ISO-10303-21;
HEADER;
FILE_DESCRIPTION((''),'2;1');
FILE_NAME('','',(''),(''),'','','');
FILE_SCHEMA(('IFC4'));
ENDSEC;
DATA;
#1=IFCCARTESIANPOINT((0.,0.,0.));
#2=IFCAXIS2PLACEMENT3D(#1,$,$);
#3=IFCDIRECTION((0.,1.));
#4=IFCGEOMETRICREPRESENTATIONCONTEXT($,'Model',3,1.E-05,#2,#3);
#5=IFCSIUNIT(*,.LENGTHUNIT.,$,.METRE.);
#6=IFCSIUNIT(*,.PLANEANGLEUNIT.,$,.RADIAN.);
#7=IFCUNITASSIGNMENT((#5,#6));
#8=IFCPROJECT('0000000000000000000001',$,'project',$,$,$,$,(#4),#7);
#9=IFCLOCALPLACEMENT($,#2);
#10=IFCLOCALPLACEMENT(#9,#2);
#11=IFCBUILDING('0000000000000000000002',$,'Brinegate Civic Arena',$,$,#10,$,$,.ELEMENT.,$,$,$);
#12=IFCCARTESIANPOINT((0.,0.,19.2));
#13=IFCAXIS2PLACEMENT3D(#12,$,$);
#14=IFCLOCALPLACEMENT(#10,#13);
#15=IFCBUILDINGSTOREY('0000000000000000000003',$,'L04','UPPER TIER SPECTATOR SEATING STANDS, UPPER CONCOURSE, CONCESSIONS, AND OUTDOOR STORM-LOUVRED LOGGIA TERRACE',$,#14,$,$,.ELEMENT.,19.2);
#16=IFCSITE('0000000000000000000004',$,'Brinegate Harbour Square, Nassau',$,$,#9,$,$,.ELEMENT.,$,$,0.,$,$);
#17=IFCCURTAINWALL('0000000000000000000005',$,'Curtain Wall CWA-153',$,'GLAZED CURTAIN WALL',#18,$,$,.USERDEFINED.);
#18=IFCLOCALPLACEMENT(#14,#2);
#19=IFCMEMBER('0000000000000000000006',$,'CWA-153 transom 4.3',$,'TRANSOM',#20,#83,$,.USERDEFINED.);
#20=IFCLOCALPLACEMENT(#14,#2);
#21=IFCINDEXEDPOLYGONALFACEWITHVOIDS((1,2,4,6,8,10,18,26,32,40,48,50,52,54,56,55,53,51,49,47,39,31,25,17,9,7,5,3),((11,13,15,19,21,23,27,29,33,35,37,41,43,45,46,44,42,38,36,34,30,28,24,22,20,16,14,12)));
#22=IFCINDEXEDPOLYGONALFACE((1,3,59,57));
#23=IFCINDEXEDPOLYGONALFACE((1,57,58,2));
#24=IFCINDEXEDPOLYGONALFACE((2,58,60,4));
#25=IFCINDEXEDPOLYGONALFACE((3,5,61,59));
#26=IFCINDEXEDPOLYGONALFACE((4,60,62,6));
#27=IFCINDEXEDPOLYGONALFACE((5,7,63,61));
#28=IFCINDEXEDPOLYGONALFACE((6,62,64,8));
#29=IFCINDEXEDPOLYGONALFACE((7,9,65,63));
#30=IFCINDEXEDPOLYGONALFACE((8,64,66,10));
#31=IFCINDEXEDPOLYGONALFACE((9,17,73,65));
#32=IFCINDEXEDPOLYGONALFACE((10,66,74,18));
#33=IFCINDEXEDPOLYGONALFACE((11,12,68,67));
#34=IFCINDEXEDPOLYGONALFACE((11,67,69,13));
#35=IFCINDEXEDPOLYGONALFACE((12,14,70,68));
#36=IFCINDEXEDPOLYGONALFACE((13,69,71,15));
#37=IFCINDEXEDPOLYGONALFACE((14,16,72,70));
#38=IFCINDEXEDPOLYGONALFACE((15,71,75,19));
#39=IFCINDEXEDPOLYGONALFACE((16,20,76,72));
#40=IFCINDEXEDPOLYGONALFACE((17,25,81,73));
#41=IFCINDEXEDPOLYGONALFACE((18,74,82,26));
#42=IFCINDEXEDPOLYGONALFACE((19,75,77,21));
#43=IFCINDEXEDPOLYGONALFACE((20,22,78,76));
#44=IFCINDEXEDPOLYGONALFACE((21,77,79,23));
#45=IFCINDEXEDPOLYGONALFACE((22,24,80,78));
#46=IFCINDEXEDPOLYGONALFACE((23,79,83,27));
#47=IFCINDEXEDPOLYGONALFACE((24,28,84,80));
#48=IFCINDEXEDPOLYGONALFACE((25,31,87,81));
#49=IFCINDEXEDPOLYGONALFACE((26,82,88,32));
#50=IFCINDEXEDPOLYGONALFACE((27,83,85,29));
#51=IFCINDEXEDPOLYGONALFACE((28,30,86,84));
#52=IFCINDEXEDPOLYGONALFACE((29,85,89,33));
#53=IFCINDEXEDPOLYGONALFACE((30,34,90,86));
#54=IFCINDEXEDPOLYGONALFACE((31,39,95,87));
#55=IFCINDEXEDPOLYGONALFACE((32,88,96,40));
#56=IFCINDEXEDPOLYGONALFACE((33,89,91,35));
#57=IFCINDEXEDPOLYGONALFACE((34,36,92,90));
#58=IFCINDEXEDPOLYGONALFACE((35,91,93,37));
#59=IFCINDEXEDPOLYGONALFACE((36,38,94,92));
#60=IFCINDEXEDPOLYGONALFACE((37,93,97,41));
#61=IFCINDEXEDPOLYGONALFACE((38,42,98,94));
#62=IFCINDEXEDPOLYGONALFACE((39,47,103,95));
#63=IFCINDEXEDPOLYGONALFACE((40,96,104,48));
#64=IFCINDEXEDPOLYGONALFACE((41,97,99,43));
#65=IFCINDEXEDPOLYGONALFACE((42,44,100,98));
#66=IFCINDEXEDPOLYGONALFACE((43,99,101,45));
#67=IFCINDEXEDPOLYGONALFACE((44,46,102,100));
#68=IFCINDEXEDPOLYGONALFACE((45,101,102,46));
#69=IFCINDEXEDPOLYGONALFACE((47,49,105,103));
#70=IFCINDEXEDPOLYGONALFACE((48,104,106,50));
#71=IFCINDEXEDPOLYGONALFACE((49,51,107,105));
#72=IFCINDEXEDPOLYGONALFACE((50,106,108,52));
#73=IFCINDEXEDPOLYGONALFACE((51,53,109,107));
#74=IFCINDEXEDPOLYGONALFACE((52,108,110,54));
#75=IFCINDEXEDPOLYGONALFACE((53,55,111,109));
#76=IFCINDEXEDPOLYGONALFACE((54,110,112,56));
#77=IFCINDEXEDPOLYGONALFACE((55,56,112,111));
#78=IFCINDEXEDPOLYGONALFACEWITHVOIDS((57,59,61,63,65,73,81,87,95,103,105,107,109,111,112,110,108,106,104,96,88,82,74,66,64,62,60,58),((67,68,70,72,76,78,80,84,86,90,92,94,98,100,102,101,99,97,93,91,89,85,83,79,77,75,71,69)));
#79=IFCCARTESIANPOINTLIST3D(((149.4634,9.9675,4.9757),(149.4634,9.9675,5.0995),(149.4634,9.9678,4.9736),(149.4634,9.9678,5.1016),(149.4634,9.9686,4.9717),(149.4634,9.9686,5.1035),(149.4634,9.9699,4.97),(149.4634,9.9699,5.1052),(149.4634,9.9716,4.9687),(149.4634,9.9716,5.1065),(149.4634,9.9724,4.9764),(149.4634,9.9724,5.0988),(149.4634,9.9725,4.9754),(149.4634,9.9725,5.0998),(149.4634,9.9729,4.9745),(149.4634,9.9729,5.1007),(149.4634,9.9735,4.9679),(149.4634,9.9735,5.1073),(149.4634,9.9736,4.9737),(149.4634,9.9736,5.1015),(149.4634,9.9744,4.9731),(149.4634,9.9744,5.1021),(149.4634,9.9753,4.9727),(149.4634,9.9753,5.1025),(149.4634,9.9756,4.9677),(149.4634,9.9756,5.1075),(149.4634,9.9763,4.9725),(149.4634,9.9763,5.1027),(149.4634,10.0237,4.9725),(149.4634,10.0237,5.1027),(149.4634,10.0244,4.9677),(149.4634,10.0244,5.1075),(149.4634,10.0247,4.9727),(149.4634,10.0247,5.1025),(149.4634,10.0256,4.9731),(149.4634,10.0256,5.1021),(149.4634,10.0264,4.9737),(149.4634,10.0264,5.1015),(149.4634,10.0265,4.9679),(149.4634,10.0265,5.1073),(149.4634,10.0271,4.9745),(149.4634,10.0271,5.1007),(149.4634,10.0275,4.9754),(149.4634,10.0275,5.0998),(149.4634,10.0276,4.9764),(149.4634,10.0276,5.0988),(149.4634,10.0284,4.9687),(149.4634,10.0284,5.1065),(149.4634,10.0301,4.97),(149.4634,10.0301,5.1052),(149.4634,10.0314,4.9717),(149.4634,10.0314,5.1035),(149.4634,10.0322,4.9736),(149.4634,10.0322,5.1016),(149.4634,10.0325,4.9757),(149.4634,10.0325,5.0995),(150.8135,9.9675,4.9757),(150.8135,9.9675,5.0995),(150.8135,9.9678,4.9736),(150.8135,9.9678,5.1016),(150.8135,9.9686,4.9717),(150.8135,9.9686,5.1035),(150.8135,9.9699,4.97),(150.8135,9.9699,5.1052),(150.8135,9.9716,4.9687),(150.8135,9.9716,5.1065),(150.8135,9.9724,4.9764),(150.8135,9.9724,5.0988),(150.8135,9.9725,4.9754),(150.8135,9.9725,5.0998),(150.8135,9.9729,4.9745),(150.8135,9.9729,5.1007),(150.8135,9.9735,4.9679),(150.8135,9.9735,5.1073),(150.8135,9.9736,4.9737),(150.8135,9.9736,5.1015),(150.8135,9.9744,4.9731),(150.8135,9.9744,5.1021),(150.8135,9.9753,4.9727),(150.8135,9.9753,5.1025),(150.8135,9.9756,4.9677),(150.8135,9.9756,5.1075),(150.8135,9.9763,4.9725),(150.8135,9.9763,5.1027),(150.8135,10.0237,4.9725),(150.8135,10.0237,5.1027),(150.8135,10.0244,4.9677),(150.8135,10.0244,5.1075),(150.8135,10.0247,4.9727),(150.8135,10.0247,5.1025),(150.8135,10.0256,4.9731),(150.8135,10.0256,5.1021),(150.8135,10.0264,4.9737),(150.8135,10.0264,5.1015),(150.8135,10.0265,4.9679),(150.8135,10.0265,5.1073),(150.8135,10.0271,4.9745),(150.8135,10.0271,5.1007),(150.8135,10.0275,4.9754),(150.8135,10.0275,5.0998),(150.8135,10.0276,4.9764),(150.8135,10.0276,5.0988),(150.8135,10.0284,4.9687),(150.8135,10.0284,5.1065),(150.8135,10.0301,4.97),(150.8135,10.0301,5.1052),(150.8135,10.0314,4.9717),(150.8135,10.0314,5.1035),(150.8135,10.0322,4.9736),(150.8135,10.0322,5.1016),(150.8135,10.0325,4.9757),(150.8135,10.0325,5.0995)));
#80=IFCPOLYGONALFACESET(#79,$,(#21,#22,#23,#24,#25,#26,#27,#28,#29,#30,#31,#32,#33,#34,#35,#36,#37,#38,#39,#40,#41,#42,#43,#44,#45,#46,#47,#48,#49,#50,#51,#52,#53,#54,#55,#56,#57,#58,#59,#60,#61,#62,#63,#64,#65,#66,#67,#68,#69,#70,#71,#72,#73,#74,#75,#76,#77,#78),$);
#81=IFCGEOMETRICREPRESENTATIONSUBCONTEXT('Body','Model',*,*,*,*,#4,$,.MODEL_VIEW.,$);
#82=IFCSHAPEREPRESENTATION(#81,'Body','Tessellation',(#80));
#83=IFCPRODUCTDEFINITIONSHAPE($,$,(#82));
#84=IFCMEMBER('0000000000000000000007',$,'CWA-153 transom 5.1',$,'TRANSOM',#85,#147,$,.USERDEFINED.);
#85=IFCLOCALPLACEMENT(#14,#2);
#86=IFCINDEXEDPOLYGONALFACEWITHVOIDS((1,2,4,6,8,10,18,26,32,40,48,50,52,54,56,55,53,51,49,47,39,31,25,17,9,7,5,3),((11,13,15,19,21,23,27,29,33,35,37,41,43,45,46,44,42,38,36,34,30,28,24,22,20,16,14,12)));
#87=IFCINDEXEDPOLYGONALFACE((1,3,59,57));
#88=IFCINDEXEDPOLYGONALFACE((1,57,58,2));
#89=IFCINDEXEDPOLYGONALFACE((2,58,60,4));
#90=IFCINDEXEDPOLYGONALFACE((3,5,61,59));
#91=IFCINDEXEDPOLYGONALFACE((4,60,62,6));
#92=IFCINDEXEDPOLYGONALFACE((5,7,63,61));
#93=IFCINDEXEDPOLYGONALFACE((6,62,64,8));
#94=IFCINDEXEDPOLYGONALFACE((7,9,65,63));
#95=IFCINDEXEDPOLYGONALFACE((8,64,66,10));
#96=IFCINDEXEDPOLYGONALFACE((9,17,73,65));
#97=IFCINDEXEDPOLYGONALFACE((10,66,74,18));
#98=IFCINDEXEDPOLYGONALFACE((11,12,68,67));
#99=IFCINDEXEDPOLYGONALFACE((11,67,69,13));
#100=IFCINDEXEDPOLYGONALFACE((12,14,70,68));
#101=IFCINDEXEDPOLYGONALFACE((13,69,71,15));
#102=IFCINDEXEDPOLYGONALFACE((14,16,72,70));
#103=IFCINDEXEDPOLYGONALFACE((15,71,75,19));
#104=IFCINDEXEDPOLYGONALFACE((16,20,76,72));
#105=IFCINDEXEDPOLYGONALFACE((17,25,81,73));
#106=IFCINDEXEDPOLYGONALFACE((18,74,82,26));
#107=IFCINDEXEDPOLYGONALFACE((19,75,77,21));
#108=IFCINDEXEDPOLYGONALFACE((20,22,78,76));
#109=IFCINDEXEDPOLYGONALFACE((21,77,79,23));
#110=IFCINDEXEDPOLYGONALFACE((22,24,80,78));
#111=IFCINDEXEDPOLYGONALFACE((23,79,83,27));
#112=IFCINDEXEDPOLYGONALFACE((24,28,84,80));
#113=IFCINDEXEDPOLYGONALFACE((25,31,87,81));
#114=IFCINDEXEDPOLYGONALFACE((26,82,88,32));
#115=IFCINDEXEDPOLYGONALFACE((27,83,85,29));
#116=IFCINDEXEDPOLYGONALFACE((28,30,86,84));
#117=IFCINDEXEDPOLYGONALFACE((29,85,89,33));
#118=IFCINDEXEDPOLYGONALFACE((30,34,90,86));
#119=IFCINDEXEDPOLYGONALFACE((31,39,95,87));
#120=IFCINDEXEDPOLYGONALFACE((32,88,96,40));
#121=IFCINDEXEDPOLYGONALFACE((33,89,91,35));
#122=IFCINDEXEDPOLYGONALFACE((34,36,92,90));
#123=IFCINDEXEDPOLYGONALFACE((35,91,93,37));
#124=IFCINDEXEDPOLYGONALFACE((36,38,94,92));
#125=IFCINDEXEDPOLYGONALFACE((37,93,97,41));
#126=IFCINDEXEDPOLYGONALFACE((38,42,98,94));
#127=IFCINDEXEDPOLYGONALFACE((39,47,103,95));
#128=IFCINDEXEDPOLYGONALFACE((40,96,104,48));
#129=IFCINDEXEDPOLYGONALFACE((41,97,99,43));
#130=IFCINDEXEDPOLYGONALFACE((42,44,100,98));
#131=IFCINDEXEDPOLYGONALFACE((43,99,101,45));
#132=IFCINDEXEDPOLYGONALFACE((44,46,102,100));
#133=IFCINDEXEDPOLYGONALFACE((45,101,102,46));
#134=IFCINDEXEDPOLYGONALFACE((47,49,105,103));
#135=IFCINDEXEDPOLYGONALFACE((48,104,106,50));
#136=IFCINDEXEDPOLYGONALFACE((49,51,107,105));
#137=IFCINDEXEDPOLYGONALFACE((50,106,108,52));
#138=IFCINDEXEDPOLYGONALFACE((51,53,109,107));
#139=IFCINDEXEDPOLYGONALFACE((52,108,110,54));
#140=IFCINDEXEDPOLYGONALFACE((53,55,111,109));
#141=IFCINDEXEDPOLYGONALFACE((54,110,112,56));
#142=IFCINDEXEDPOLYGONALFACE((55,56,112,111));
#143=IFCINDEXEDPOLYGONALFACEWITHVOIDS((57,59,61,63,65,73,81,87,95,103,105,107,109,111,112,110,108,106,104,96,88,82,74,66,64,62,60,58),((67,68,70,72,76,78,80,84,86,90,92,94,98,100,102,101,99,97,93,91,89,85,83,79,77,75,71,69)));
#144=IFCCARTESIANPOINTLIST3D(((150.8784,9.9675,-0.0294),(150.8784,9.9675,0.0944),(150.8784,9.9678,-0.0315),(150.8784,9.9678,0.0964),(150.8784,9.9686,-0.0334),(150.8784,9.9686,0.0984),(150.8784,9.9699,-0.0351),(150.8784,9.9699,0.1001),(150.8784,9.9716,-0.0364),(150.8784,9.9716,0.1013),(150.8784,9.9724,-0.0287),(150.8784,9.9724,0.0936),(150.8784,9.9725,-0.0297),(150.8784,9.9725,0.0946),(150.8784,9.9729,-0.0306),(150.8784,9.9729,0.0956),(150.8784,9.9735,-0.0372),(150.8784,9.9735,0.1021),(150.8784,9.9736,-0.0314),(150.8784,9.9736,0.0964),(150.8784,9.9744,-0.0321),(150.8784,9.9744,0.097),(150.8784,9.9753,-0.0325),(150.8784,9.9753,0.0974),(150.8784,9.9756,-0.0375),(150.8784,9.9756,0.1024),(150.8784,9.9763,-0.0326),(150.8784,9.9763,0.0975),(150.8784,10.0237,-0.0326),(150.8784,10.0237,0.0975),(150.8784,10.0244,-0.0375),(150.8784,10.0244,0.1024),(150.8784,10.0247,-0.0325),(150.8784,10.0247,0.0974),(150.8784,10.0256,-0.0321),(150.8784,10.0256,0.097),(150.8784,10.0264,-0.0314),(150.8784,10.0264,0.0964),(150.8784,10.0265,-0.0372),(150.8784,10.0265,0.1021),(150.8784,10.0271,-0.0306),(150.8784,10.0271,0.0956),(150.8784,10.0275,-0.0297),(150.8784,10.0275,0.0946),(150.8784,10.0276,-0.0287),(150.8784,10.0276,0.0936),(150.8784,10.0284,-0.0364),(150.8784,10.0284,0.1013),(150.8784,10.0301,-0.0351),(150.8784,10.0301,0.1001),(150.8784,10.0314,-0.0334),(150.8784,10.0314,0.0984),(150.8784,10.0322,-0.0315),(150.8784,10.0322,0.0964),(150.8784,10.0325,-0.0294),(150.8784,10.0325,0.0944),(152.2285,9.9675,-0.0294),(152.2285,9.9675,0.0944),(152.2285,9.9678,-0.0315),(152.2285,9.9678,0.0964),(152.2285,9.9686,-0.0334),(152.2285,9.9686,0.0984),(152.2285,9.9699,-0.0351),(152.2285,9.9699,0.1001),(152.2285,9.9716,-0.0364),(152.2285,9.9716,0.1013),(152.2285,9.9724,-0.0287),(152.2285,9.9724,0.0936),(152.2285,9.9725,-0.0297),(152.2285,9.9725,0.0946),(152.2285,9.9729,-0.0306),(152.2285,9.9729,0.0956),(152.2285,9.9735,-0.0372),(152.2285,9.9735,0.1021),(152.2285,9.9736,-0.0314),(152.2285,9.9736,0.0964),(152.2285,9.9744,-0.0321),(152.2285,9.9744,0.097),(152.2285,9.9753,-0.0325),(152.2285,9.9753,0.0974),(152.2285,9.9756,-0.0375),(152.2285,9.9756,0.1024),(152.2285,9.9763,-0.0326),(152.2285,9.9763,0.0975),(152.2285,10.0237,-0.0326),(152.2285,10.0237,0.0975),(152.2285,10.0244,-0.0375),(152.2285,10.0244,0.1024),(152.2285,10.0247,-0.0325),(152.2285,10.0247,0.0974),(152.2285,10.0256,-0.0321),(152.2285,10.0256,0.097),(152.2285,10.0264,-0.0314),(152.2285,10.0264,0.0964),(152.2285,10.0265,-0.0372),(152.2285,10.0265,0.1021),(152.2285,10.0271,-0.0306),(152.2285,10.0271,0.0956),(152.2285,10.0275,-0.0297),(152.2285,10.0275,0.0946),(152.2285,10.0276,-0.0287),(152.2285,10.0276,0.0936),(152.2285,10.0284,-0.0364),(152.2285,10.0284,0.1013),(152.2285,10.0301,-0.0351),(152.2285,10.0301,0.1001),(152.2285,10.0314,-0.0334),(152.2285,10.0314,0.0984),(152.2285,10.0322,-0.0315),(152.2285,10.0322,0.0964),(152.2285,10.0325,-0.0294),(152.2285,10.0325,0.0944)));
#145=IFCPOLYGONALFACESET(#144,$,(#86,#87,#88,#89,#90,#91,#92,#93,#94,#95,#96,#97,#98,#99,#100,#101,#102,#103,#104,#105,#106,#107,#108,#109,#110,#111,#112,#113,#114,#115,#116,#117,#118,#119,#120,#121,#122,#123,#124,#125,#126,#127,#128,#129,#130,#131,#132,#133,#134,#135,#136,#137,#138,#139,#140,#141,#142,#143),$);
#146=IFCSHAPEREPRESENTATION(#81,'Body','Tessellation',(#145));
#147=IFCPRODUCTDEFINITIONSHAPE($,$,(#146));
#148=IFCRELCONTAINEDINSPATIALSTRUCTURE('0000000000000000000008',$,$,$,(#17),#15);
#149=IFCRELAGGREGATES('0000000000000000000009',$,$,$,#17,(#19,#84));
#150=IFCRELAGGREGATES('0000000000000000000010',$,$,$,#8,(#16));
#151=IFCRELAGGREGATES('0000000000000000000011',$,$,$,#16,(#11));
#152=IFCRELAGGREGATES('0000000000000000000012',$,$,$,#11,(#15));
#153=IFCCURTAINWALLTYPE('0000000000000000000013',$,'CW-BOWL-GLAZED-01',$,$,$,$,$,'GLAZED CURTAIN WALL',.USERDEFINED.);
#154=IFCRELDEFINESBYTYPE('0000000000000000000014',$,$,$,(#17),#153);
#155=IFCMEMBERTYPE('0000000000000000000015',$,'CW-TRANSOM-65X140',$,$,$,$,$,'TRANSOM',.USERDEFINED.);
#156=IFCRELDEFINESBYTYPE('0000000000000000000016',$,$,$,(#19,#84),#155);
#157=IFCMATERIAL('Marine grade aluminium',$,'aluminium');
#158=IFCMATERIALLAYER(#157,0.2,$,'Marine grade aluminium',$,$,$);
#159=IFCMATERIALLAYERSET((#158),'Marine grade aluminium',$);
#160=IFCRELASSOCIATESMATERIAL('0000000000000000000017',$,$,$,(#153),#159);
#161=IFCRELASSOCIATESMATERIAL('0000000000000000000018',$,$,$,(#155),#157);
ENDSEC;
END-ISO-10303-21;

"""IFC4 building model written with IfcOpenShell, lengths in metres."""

from ifc_helpers import new_model, si_unit, direction, frame, origin, origin_2d, place, context, subcontext, project, spatial, hollow_rectangle, extrude, material, layer, layer_set, material_profile, profile_set, type_object, element, aggregate, save


model = new_model("IFC4")

# Units and contexts
model_context = context("Model", 3, precision=1e-05, world=origin(), true_north=direction((0.0, 1.0)))
body_context = subcontext(model_context, "Body", "Model", "MODEL_VIEW")
ifc_project = project(units=[si_unit("LENGTHUNIT", "METRE"), si_unit("PLANEANGLEUNIT", "RADIAN")], contexts=[model_context])

# Site, building, storey
site_placement = place(None, origin())
site = spatial("IfcSite", under=ifc_project, at=site_placement, Name="Brinegate Harbour Square, Nassau", CompositionType="ELEMENT", RefElevation=0.0)
building_placement = place(site_placement, origin())
building = spatial("IfcBuilding", under=site, at=building_placement, Name="Brinegate Civic Arena", CompositionType="ELEMENT")
storey_placement = place(building_placement, frame((0.0, 0.0, 19.2)))
storey = spatial("IfcBuildingStorey", under=building, at=storey_placement, Name="L04", Description="UPPER TIER SPECTATOR SEATING STANDS, UPPER CONCOURSE, CONCESSIONS, AND OUTDOOR STORM-LOUVRED LOGGIA TERRACE", CompositionType="ELEMENT", Elevation=19.2)

# Curtain wall, members
ifc_material_1 = material(Name="Marine grade aluminium", Category="aluminium")
ifc_layer_1 = layer(ifc_material_1, 0.2, Name="Marine grade aluminium")
ifc_layer_set_1 = layer_set([ifc_layer_1], Name="Marine grade aluminium")
curtain_wall_type = type_object("IfcCurtainWallType", Name="CW-BOWL-GLAZED-01", ElementType="GLAZED CURTAIN WALL", PredefinedType="USERDEFINED", material=ifc_layer_set_1)
curtain_wall_placement = place(storey_placement, origin())
curtain_wall = element("IfcCurtainWall", 1, at=curtain_wall_placement, inside=storey, type_object=curtain_wall_type, Name="Curtain Wall CWA-153", ObjectType="GLAZED CURTAIN WALL", PredefinedType="USERDEFINED")
ifc_material_profile_1 = material_profile(ifc_material_1, hollow_rectangle(XDim=0.0649, YDim=0.1399, WallThickness=0.0049, InnerFilletRadius=0.0039, OuterFilletRadius=0.0081, at=origin_2d()), Name="TRN65X140")
ifc_profile_set_1 = profile_set([ifc_material_profile_1], Name="Marine grade aluminium")
member_type_1 = type_object("IfcMemberType", Name="CW-TRANSOM-65X140", ElementType="TRANSOM", PredefinedType="USERDEFINED", material=ifc_profile_set_1)
member_1_placement = place(storey_placement, frame((149.4634, 10.0, 5.0376), z_axis=(1.0, 0.0, 0.0), x_axis=(0.0, 1.0, 0.0)))
member_1 = element("IfcMember", 2, at=member_1_placement, type_object=member_type_1, Name="CWA-153 transom 4.3", ObjectType="TRANSOM", PredefinedType="USERDEFINED", context=body_context, shape_type="SweptSolid", body=[
    extrude(hollow_rectangle(XDim=0.0649, YDim=0.1399, WallThickness=0.0049, InnerFilletRadius=0.0039, OuterFilletRadius=0.0081, at=origin_2d()), origin(), (0.0, 0.0, 1.0), 1.3501),
])
member_2_placement = place(storey_placement, frame((150.8784, 10.0, 0.0325), z_axis=(1.0, 0.0, 0.0), x_axis=(0.0, 1.0, 0.0)))
member_2 = element("IfcMember", 3, at=member_2_placement, type_object=member_type_1, Name="CWA-153 transom 5.1", ObjectType="TRANSOM", PredefinedType="USERDEFINED", context=body_context, shape_type="SweptSolid", body=[
    extrude(hollow_rectangle(XDim=0.0649, YDim=0.1399, WallThickness=0.0049, InnerFilletRadius=0.0039, OuterFilletRadius=0.0081, at=origin_2d()), origin(), (0.0, 0.0, 1.0), 1.3501),
])
aggregate(curtain_wall, [member_1, member_2])

save(model, "model.ifc")
